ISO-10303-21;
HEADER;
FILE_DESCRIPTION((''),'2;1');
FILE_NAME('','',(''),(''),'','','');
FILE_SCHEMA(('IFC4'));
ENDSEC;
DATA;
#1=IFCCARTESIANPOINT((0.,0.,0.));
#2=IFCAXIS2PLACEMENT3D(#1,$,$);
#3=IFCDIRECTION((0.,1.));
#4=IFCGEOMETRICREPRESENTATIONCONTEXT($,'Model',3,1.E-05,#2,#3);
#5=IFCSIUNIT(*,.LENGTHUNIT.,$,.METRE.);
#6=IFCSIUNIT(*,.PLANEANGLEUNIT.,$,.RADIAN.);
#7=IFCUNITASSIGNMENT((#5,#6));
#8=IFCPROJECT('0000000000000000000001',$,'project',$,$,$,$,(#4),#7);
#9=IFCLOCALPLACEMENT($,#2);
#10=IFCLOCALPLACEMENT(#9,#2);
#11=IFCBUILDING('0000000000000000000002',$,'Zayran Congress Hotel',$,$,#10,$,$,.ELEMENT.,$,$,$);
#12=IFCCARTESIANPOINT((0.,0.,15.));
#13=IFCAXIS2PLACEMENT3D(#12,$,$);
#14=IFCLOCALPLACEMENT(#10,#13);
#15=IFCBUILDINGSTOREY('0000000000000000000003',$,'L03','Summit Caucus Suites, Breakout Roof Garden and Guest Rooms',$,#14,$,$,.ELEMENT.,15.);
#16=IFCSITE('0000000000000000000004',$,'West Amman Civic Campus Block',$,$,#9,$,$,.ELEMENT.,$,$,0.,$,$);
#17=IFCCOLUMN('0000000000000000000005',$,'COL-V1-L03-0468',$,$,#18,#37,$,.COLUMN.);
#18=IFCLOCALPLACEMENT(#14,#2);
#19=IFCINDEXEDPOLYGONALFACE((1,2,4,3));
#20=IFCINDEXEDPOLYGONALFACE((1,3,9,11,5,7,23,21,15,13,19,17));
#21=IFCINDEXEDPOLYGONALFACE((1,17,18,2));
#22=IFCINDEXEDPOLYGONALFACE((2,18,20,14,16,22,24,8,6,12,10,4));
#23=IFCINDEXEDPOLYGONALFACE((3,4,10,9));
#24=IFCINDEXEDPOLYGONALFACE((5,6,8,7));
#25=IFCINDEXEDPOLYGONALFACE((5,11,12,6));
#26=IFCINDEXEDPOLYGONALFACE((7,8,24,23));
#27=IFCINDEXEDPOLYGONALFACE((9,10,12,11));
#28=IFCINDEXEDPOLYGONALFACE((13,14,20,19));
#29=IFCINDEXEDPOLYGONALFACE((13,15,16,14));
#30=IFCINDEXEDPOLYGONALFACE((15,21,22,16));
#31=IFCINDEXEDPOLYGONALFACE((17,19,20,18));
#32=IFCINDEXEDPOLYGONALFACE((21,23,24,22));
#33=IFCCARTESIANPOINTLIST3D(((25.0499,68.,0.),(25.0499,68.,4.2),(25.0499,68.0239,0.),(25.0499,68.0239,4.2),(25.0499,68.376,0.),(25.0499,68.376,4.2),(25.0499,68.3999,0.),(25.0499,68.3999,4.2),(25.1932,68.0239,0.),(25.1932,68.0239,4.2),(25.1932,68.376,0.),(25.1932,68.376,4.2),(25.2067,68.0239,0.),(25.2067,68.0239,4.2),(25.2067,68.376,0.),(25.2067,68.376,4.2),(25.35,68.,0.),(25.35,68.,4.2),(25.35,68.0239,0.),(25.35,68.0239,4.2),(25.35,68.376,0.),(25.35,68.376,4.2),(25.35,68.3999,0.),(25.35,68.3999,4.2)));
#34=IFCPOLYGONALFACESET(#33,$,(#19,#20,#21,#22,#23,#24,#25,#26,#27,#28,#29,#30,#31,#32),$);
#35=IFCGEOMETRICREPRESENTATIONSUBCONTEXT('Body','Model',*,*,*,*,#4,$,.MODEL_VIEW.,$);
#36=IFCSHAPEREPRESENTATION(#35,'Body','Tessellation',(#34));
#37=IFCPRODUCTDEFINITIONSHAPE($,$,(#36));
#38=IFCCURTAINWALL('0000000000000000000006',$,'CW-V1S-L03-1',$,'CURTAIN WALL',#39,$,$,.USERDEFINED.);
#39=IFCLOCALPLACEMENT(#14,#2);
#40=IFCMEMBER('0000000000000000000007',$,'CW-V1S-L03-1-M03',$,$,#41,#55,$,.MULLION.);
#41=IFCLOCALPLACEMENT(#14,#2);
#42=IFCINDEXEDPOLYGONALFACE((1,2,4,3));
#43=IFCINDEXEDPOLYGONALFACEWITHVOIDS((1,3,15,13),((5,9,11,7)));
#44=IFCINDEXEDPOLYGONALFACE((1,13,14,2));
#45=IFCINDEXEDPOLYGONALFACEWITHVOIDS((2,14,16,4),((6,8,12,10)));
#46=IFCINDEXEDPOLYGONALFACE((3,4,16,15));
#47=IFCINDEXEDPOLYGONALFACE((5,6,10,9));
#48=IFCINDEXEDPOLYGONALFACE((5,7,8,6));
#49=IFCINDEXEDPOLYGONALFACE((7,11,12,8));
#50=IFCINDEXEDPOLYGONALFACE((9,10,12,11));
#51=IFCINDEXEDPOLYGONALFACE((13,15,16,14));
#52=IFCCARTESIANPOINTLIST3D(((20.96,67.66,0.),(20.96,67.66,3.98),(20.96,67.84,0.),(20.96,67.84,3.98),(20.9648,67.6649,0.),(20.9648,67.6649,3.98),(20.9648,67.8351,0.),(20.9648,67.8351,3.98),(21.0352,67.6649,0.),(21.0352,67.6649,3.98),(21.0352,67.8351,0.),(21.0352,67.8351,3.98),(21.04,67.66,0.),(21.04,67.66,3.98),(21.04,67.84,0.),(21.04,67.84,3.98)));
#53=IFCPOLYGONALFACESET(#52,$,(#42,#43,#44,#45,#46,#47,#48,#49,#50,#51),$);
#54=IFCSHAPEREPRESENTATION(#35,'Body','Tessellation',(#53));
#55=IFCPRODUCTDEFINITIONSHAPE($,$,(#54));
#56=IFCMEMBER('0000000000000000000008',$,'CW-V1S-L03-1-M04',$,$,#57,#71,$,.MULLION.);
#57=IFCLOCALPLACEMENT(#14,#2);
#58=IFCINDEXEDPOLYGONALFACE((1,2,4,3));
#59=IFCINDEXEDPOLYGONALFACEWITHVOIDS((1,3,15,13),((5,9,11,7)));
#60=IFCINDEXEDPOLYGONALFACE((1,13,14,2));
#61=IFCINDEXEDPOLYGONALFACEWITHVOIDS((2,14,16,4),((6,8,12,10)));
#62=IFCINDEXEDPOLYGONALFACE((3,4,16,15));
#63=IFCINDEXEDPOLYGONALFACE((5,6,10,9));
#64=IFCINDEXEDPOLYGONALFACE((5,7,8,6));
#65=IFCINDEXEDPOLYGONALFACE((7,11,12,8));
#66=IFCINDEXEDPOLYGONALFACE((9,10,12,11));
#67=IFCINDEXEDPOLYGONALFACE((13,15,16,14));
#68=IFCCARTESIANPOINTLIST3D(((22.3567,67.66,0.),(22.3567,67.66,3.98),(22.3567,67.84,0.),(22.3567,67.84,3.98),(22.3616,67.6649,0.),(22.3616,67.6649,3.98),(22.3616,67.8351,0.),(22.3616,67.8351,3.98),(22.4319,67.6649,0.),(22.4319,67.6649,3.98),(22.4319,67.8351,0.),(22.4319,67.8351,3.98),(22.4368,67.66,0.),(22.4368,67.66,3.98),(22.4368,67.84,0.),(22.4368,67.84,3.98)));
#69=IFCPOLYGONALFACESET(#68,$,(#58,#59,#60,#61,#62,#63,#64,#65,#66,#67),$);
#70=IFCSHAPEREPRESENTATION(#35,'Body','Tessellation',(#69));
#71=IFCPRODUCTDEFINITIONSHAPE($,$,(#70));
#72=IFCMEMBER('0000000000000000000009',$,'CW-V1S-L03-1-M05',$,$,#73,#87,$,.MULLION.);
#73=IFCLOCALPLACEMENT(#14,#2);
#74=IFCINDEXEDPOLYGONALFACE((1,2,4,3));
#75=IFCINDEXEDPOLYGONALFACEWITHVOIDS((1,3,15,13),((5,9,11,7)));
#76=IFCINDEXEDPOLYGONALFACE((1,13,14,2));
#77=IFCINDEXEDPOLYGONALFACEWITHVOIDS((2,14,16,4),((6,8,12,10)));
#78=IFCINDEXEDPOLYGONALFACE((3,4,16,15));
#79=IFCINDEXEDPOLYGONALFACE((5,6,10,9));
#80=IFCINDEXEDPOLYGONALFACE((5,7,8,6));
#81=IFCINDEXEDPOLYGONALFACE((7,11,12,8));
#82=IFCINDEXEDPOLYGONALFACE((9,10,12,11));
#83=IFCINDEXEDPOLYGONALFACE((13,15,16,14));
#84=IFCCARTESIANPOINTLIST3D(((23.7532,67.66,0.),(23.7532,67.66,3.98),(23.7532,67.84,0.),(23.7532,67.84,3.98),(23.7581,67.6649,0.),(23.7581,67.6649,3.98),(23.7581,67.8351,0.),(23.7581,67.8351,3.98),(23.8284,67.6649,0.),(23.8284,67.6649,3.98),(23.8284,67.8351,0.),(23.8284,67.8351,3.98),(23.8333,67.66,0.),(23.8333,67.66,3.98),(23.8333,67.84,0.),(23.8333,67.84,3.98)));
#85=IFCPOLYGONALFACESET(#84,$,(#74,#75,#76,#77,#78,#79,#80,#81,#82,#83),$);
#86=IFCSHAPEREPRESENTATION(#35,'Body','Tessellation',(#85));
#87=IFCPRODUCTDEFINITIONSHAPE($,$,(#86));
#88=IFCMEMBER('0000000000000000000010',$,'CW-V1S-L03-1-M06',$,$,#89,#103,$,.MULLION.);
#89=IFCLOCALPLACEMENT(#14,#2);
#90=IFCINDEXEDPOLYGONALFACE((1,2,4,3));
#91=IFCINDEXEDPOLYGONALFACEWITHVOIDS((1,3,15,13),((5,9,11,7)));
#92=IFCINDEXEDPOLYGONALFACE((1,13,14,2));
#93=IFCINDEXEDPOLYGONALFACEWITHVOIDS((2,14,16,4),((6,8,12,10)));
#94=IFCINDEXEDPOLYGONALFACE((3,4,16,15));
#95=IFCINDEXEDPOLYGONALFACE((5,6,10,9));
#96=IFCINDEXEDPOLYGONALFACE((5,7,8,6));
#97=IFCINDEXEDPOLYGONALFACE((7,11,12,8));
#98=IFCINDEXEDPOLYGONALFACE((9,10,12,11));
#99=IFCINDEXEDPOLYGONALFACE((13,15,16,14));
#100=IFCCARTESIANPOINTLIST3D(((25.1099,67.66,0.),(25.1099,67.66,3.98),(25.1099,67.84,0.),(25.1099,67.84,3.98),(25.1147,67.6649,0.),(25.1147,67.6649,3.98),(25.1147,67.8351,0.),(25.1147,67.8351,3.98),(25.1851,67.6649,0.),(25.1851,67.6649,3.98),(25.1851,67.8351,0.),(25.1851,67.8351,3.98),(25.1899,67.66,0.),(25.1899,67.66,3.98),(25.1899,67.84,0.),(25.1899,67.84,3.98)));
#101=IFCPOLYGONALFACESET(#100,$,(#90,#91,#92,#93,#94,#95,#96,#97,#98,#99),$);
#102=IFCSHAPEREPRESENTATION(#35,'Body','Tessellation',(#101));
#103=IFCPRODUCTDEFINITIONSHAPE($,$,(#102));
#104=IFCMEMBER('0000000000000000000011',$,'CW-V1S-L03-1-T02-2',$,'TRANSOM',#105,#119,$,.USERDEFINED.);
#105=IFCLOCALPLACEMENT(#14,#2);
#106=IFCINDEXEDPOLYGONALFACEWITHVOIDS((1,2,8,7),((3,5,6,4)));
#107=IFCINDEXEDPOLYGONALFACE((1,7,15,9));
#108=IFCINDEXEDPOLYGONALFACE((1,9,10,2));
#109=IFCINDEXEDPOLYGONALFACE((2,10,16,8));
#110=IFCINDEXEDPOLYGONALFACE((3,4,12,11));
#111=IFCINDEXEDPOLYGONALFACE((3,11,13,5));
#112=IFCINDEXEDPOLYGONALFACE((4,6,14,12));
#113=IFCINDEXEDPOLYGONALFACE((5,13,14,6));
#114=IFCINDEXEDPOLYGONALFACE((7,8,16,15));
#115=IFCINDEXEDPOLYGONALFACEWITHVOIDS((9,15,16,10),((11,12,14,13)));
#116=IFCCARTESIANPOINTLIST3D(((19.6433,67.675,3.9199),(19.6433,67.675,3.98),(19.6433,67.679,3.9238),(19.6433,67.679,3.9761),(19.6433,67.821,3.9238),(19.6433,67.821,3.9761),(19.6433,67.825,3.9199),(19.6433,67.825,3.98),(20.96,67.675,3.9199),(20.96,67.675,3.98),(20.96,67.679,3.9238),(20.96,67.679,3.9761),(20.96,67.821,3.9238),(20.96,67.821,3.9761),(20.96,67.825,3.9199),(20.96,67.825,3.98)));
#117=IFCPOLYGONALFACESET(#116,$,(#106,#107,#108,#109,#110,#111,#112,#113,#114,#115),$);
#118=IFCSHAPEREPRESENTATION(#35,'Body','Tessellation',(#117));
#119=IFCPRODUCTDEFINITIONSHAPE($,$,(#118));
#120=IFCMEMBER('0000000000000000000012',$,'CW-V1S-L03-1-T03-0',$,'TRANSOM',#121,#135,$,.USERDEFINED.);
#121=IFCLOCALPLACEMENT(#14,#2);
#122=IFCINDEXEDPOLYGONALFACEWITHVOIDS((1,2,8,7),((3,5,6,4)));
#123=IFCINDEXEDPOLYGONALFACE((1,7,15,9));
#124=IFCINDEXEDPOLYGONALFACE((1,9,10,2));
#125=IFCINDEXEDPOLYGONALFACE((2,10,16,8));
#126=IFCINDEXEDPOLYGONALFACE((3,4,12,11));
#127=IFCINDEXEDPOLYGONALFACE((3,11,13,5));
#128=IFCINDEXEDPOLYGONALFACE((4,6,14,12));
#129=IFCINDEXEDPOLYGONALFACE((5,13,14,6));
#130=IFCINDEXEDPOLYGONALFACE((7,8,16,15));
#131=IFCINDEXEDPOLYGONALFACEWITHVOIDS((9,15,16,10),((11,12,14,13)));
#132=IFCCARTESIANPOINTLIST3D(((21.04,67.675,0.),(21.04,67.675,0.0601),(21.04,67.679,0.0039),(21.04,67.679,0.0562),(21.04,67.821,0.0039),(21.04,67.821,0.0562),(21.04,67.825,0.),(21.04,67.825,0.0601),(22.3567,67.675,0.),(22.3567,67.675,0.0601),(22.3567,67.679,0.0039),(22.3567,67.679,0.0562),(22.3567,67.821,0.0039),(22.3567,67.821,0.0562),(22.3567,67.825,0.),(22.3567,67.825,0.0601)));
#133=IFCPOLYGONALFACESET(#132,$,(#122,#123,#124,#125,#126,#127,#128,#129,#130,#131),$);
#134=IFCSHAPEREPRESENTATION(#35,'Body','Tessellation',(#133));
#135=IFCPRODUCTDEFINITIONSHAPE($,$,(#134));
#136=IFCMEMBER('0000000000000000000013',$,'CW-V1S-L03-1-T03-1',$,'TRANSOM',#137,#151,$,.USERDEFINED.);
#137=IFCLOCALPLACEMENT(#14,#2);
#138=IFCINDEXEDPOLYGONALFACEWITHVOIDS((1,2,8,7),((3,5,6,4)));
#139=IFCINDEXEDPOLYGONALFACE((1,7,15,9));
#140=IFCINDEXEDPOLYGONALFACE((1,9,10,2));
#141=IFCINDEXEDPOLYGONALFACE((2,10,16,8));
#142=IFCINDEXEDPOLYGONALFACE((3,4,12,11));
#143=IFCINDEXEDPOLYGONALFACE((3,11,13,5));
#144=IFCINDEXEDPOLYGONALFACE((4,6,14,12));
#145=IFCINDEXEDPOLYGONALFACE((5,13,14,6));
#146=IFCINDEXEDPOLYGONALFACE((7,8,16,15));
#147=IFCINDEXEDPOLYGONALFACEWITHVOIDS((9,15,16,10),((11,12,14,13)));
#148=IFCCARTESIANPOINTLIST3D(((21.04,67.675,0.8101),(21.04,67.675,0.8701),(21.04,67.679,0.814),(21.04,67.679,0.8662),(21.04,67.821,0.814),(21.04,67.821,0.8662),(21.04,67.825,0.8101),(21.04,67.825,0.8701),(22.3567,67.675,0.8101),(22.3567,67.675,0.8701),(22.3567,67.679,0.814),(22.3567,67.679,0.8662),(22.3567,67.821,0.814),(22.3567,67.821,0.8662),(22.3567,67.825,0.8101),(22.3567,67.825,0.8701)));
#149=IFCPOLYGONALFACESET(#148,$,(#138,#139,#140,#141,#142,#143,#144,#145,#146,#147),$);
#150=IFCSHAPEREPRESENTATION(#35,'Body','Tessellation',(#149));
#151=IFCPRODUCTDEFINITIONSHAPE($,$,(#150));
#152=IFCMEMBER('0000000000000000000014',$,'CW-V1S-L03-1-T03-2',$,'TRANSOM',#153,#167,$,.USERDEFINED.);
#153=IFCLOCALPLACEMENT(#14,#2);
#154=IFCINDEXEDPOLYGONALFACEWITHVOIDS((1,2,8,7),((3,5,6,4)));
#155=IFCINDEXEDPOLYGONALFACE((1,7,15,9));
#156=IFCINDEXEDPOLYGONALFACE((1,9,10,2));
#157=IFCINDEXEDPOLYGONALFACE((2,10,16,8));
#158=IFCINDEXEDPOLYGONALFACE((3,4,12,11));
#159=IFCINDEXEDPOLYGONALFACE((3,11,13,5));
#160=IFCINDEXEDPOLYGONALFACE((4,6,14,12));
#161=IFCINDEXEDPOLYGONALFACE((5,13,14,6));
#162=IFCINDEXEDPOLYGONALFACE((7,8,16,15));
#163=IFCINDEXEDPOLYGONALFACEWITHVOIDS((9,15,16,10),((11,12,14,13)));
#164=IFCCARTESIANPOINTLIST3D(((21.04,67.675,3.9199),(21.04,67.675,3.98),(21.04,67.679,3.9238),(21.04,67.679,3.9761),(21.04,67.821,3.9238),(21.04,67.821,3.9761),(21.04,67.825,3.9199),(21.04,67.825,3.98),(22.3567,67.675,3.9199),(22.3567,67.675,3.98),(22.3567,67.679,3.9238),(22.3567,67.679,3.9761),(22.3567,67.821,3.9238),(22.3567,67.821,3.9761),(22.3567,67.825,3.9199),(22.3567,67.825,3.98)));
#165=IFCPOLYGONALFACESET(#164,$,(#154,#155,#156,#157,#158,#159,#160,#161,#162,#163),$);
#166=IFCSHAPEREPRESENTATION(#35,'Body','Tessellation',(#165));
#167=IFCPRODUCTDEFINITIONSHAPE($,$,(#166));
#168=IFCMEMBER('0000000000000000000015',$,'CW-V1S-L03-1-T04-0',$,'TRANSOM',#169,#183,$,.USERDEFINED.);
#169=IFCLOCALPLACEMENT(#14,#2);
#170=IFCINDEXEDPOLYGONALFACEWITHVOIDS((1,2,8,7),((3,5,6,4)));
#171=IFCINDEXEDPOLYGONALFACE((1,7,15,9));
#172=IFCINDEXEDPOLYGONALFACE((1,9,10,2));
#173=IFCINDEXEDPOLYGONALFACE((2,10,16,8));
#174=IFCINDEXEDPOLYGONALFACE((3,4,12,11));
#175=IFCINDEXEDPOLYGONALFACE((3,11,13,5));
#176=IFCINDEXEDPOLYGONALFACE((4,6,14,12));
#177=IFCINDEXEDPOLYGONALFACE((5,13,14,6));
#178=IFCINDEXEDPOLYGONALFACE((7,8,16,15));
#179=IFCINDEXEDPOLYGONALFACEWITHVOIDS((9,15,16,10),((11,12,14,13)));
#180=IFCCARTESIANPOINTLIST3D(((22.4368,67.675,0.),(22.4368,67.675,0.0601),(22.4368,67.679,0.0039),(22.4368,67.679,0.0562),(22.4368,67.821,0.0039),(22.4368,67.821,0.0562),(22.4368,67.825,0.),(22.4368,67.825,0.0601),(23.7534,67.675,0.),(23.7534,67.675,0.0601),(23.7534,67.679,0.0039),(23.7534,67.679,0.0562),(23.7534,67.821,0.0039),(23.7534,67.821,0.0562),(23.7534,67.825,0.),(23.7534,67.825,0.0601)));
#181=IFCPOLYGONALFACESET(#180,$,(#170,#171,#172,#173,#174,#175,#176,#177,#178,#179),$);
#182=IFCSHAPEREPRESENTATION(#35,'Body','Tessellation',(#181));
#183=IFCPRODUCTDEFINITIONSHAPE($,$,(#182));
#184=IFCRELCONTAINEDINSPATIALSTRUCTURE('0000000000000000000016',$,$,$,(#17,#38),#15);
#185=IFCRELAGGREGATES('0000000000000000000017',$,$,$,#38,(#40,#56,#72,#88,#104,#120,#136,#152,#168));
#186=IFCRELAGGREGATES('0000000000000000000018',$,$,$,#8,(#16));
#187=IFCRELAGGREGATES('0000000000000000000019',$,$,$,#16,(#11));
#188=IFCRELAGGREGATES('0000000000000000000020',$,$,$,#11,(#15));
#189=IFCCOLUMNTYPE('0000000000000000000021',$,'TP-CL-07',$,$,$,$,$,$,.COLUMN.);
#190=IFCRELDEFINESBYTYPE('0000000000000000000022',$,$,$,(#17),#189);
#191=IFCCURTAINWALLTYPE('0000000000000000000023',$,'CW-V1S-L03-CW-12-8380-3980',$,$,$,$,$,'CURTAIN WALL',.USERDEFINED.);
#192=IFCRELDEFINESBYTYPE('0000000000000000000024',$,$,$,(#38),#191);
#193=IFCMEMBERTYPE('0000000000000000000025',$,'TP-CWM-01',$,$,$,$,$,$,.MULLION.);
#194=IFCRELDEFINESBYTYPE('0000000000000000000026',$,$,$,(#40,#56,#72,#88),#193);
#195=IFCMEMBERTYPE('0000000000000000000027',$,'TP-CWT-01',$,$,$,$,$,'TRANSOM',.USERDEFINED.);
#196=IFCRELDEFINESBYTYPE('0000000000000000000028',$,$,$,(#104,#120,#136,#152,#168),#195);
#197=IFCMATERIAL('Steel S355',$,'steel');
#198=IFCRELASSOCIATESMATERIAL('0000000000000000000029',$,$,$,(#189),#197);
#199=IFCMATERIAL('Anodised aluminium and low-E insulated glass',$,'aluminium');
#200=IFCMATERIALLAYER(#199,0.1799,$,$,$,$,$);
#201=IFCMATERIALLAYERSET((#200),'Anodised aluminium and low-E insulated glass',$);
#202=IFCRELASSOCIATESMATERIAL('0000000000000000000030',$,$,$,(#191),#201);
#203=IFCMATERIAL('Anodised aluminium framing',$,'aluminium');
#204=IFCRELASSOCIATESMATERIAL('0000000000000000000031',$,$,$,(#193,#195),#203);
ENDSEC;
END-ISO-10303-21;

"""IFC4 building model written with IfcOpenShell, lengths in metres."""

from ifc_helpers import new_model, si_unit, direction, frame, origin, origin_2d, place, context, subcontext, project, spatial, hollow_rectangle, i_section, extrude, material, layer, layer_set, material_profile, profile_set, type_object, element, aggregate, save


model = new_model("IFC4")

# Units and contexts
model_context = context("Model", 3, precision=1e-05, world=origin(), true_north=direction((0.0, 1.0)))
body_context = subcontext(model_context, "Body", "Model", "MODEL_VIEW")
ifc_project = project(units=[si_unit("LENGTHUNIT", "METRE"), si_unit("PLANEANGLEUNIT", "RADIAN")], contexts=[model_context])

# Site, building, storey
site_placement = place(None, origin())
site = spatial("IfcSite", under=ifc_project, at=site_placement, Name="West Amman Civic Campus Block", CompositionType="ELEMENT", RefElevation=0.0)
building_placement = place(site_placement, origin())
building = spatial("IfcBuilding", under=site, at=building_placement, Name="Zayran Congress Hotel", CompositionType="ELEMENT")
storey_placement = place(building_placement, frame((0.0, 0.0, 15.0)))
storey = spatial("IfcBuildingStorey", under=building, at=storey_placement, Name="L03", Description="Summit Caucus Suites, Breakout Roof Garden and Guest Rooms", CompositionType="ELEMENT", Elevation=15.0)

# Column
ifc_material_1 = material(Name="Steel S355", Category="steel")
ifc_material_profile_1 = material_profile(ifc_material_1, i_section(OverallWidth=0.3, OverallDepth=0.3999, WebThickness=0.0134, FlangeThickness=0.0239, at=origin_2d()), Name="HEB 400")
ifc_profile_set_1 = profile_set([ifc_material_profile_1], Name="Steel S355")
column_type = type_object("IfcColumnType", Name="TP-CL-07", PredefinedType="COLUMN", material=ifc_profile_set_1)
column_placement = place(storey_placement, frame((25.2, 68.2, 0.0), z_axis=(0.0, 0.0, 1.0), x_axis=(1.0, 0.0, 0.0)))
element("IfcColumn", 1, at=column_placement, inside=storey, type_object=column_type, Name="COL-V1-L03-0468", PredefinedType="COLUMN", context=body_context, shape_type="SweptSolid", body=[
    extrude(i_section(OverallWidth=0.3, OverallDepth=0.3999, WebThickness=0.0134, FlangeThickness=0.0239, at=origin_2d()), origin(), (0.0, 0.0, 1.0), 4.2),
])

# Curtain wall, members
ifc_material_2 = material(Name="Anodised aluminium and low-E insulated glass", Category="aluminium")
ifc_layer_1 = layer(ifc_material_2, 0.1799)
ifc_layer_set_1 = layer_set([ifc_layer_1], Name="Anodised aluminium and low-E insulated glass")
curtain_wall_type = type_object("IfcCurtainWallType", Name="CW-V1S-L03-CW-12-8380-3980", ElementType="CURTAIN WALL", PredefinedType="USERDEFINED", material=ifc_layer_set_1)
curtain_wall_placement = place(storey_placement, origin())
curtain_wall = element("IfcCurtainWall", 2, at=curtain_wall_placement, inside=storey, type_object=curtain_wall_type, Name="CW-V1S-L03-1", ObjectType="CURTAIN WALL", PredefinedType="USERDEFINED")
ifc_material_3 = material(Name="Anodised aluminium framing", Category="aluminium")
ifc_material_profile_2 = material_profile(ifc_material_3, hollow_rectangle(XDim=0.0801, YDim=0.1799, WallThickness=0.0049, at=origin_2d()), Name="RHS 180x80x5")
ifc_profile_set_2 = profile_set([ifc_material_profile_2], Name="Anodised aluminium framing")
member_type_1 = type_object("IfcMemberType", Name="TP-CWM-01", PredefinedType="MULLION", material=ifc_profile_set_2)
member_1_placement = place(storey_placement, frame((21.0, 67.75, 0.0), z_axis=(0.0, 0.0, 1.0), x_axis=(1.0, 0.0, 0.0)))
member_1 = element("IfcMember", 3, at=member_1_placement, type_object=member_type_1, Name="CW-V1S-L03-1-M03", PredefinedType="MULLION", context=body_context, shape_type="SweptSolid", body=[
    extrude(hollow_rectangle(XDim=0.0801, YDim=0.1799, WallThickness=0.0049, at=origin_2d()), origin(), (0.0, 0.0, 1.0), 3.98),
])
member_2_placement = place(storey_placement, frame((22.3967, 67.75, 0.0), z_axis=(0.0, 0.0, 1.0), x_axis=(1.0, 0.0, 0.0)))
member_2 = element("IfcMember", 4, at=member_2_placement, type_object=member_type_1, Name="CW-V1S-L03-1-M04", PredefinedType="MULLION", context=body_context, shape_type="SweptSolid", body=[
    extrude(hollow_rectangle(XDim=0.0801, YDim=0.1799, WallThickness=0.0049, at=origin_2d()), origin(), (0.0, 0.0, 1.0), 3.98),
])
member_3_placement = place(storey_placement, frame((23.7932, 67.75, 0.0), z_axis=(0.0, 0.0, 1.0), x_axis=(1.0, 0.0, 0.0)))
member_3 = element("IfcMember", 5, at=member_3_placement, type_object=member_type_1, Name="CW-V1S-L03-1-M05", PredefinedType="MULLION", context=body_context, shape_type="SweptSolid", body=[
    extrude(hollow_rectangle(XDim=0.0801, YDim=0.1799, WallThickness=0.0049, at=origin_2d()), origin(), (0.0, 0.0, 1.0), 3.98),
])
member_4_placement = place(storey_placement, frame((25.1499, 67.75, 0.0), z_axis=(0.0, 0.0, 1.0), x_axis=(1.0, 0.0, 0.0)))
member_4 = element("IfcMember", 6, at=member_4_placement, type_object=member_type_1, Name="CW-V1S-L03-1-M06", PredefinedType="MULLION", context=body_context, shape_type="SweptSolid", body=[
    extrude(hollow_rectangle(XDim=0.0801, YDim=0.1799, WallThickness=0.0049, at=origin_2d()), origin(), (0.0, 0.0, 1.0), 3.98),
])
ifc_material_profile_3 = material_profile(ifc_material_3, hollow_rectangle(XDim=0.0601, YDim=0.1499, WallThickness=0.0039, at=origin_2d()), Name="RHS 150x60x4")
ifc_profile_set_3 = profile_set([ifc_material_profile_3], Name="Anodised aluminium framing")
member_type_2 = type_object("IfcMemberType", Name="TP-CWT-01", ElementType="TRANSOM", PredefinedType="USERDEFINED", material=ifc_profile_set_3)
member_5_placement = place(storey_placement, frame((19.6433, 67.75, 3.95), z_axis=(1.0, 0.0, 0.0), x_axis=(0.0, 0.0, 1.0)))
member_5 = element("IfcMember", 7, at=member_5_placement, type_object=member_type_2, Name="CW-V1S-L03-1-T02-2", ObjectType="TRANSOM", PredefinedType="USERDEFINED", context=body_context, shape_type="SweptSolid", body=[
    extrude(hollow_rectangle(XDim=0.0601, YDim=0.1499, WallThickness=0.0039, at=origin_2d()), origin(), (0.0, 0.0, 1.0), 1.3167),
])
member_6_placement = place(storey_placement, frame((21.04, 67.75, 0.03), z_axis=(1.0, 0.0, 0.0), x_axis=(0.0, 0.0, 1.0)))
member_6 = element("IfcMember", 8, at=member_6_placement, type_object=member_type_2, Name="CW-V1S-L03-1-T03-0", ObjectType="TRANSOM", PredefinedType="USERDEFINED", context=body_context, shape_type="SweptSolid", body=[
    extrude(hollow_rectangle(XDim=0.0601, YDim=0.1499, WallThickness=0.0039, at=origin_2d()), origin(), (0.0, 0.0, 1.0), 1.3167),
])
member_7_placement = place(storey_placement, frame((21.04, 67.75, 0.8401), z_axis=(1.0, 0.0, 0.0), x_axis=(0.0, 0.0, 1.0)))
member_7 = element("IfcMember", 9, at=member_7_placement, type_object=member_type_2, Name="CW-V1S-L03-1-T03-1", ObjectType="TRANSOM", PredefinedType="USERDEFINED", context=body_context, shape_type="SweptSolid", body=[
    extrude(hollow_rectangle(XDim=0.0601, YDim=0.1499, WallThickness=0.0039, at=origin_2d()), origin(), (0.0, 0.0, 1.0), 1.3167),
])
member_8_placement = place(storey_placement, frame((21.04, 67.75, 3.95), z_axis=(1.0, 0.0, 0.0), x_axis=(0.0, 0.0, 1.0)))
member_8 = element("IfcMember", 10, at=member_8_placement, type_object=member_type_2, Name="CW-V1S-L03-1-T03-2", ObjectType="TRANSOM", PredefinedType="USERDEFINED", context=body_context, shape_type="SweptSolid", body=[
    extrude(hollow_rectangle(XDim=0.0601, YDim=0.1499, WallThickness=0.0039, at=origin_2d()), origin(), (0.0, 0.0, 1.0), 1.3167),
])
member_9_placement = place(storey_placement, frame((22.4368, 67.75, 0.03), z_axis=(1.0, 0.0, 0.0), x_axis=(0.0, 0.0, 1.0)))
member_9 = element("IfcMember", 11, at=member_9_placement, type_object=member_type_2, Name="CW-V1S-L03-1-T04-0", ObjectType="TRANSOM", PredefinedType="USERDEFINED", context=body_context, shape_type="SweptSolid", body=[
    extrude(hollow_rectangle(XDim=0.0601, YDim=0.1499, WallThickness=0.0039, at=origin_2d()), origin(), (0.0, 0.0, 1.0), 1.3167),
])
aggregate(curtain_wall, [member_1, member_2, member_3, member_4, member_5, member_6, member_7, member_8, member_9])

save(model, "model.ifc")
